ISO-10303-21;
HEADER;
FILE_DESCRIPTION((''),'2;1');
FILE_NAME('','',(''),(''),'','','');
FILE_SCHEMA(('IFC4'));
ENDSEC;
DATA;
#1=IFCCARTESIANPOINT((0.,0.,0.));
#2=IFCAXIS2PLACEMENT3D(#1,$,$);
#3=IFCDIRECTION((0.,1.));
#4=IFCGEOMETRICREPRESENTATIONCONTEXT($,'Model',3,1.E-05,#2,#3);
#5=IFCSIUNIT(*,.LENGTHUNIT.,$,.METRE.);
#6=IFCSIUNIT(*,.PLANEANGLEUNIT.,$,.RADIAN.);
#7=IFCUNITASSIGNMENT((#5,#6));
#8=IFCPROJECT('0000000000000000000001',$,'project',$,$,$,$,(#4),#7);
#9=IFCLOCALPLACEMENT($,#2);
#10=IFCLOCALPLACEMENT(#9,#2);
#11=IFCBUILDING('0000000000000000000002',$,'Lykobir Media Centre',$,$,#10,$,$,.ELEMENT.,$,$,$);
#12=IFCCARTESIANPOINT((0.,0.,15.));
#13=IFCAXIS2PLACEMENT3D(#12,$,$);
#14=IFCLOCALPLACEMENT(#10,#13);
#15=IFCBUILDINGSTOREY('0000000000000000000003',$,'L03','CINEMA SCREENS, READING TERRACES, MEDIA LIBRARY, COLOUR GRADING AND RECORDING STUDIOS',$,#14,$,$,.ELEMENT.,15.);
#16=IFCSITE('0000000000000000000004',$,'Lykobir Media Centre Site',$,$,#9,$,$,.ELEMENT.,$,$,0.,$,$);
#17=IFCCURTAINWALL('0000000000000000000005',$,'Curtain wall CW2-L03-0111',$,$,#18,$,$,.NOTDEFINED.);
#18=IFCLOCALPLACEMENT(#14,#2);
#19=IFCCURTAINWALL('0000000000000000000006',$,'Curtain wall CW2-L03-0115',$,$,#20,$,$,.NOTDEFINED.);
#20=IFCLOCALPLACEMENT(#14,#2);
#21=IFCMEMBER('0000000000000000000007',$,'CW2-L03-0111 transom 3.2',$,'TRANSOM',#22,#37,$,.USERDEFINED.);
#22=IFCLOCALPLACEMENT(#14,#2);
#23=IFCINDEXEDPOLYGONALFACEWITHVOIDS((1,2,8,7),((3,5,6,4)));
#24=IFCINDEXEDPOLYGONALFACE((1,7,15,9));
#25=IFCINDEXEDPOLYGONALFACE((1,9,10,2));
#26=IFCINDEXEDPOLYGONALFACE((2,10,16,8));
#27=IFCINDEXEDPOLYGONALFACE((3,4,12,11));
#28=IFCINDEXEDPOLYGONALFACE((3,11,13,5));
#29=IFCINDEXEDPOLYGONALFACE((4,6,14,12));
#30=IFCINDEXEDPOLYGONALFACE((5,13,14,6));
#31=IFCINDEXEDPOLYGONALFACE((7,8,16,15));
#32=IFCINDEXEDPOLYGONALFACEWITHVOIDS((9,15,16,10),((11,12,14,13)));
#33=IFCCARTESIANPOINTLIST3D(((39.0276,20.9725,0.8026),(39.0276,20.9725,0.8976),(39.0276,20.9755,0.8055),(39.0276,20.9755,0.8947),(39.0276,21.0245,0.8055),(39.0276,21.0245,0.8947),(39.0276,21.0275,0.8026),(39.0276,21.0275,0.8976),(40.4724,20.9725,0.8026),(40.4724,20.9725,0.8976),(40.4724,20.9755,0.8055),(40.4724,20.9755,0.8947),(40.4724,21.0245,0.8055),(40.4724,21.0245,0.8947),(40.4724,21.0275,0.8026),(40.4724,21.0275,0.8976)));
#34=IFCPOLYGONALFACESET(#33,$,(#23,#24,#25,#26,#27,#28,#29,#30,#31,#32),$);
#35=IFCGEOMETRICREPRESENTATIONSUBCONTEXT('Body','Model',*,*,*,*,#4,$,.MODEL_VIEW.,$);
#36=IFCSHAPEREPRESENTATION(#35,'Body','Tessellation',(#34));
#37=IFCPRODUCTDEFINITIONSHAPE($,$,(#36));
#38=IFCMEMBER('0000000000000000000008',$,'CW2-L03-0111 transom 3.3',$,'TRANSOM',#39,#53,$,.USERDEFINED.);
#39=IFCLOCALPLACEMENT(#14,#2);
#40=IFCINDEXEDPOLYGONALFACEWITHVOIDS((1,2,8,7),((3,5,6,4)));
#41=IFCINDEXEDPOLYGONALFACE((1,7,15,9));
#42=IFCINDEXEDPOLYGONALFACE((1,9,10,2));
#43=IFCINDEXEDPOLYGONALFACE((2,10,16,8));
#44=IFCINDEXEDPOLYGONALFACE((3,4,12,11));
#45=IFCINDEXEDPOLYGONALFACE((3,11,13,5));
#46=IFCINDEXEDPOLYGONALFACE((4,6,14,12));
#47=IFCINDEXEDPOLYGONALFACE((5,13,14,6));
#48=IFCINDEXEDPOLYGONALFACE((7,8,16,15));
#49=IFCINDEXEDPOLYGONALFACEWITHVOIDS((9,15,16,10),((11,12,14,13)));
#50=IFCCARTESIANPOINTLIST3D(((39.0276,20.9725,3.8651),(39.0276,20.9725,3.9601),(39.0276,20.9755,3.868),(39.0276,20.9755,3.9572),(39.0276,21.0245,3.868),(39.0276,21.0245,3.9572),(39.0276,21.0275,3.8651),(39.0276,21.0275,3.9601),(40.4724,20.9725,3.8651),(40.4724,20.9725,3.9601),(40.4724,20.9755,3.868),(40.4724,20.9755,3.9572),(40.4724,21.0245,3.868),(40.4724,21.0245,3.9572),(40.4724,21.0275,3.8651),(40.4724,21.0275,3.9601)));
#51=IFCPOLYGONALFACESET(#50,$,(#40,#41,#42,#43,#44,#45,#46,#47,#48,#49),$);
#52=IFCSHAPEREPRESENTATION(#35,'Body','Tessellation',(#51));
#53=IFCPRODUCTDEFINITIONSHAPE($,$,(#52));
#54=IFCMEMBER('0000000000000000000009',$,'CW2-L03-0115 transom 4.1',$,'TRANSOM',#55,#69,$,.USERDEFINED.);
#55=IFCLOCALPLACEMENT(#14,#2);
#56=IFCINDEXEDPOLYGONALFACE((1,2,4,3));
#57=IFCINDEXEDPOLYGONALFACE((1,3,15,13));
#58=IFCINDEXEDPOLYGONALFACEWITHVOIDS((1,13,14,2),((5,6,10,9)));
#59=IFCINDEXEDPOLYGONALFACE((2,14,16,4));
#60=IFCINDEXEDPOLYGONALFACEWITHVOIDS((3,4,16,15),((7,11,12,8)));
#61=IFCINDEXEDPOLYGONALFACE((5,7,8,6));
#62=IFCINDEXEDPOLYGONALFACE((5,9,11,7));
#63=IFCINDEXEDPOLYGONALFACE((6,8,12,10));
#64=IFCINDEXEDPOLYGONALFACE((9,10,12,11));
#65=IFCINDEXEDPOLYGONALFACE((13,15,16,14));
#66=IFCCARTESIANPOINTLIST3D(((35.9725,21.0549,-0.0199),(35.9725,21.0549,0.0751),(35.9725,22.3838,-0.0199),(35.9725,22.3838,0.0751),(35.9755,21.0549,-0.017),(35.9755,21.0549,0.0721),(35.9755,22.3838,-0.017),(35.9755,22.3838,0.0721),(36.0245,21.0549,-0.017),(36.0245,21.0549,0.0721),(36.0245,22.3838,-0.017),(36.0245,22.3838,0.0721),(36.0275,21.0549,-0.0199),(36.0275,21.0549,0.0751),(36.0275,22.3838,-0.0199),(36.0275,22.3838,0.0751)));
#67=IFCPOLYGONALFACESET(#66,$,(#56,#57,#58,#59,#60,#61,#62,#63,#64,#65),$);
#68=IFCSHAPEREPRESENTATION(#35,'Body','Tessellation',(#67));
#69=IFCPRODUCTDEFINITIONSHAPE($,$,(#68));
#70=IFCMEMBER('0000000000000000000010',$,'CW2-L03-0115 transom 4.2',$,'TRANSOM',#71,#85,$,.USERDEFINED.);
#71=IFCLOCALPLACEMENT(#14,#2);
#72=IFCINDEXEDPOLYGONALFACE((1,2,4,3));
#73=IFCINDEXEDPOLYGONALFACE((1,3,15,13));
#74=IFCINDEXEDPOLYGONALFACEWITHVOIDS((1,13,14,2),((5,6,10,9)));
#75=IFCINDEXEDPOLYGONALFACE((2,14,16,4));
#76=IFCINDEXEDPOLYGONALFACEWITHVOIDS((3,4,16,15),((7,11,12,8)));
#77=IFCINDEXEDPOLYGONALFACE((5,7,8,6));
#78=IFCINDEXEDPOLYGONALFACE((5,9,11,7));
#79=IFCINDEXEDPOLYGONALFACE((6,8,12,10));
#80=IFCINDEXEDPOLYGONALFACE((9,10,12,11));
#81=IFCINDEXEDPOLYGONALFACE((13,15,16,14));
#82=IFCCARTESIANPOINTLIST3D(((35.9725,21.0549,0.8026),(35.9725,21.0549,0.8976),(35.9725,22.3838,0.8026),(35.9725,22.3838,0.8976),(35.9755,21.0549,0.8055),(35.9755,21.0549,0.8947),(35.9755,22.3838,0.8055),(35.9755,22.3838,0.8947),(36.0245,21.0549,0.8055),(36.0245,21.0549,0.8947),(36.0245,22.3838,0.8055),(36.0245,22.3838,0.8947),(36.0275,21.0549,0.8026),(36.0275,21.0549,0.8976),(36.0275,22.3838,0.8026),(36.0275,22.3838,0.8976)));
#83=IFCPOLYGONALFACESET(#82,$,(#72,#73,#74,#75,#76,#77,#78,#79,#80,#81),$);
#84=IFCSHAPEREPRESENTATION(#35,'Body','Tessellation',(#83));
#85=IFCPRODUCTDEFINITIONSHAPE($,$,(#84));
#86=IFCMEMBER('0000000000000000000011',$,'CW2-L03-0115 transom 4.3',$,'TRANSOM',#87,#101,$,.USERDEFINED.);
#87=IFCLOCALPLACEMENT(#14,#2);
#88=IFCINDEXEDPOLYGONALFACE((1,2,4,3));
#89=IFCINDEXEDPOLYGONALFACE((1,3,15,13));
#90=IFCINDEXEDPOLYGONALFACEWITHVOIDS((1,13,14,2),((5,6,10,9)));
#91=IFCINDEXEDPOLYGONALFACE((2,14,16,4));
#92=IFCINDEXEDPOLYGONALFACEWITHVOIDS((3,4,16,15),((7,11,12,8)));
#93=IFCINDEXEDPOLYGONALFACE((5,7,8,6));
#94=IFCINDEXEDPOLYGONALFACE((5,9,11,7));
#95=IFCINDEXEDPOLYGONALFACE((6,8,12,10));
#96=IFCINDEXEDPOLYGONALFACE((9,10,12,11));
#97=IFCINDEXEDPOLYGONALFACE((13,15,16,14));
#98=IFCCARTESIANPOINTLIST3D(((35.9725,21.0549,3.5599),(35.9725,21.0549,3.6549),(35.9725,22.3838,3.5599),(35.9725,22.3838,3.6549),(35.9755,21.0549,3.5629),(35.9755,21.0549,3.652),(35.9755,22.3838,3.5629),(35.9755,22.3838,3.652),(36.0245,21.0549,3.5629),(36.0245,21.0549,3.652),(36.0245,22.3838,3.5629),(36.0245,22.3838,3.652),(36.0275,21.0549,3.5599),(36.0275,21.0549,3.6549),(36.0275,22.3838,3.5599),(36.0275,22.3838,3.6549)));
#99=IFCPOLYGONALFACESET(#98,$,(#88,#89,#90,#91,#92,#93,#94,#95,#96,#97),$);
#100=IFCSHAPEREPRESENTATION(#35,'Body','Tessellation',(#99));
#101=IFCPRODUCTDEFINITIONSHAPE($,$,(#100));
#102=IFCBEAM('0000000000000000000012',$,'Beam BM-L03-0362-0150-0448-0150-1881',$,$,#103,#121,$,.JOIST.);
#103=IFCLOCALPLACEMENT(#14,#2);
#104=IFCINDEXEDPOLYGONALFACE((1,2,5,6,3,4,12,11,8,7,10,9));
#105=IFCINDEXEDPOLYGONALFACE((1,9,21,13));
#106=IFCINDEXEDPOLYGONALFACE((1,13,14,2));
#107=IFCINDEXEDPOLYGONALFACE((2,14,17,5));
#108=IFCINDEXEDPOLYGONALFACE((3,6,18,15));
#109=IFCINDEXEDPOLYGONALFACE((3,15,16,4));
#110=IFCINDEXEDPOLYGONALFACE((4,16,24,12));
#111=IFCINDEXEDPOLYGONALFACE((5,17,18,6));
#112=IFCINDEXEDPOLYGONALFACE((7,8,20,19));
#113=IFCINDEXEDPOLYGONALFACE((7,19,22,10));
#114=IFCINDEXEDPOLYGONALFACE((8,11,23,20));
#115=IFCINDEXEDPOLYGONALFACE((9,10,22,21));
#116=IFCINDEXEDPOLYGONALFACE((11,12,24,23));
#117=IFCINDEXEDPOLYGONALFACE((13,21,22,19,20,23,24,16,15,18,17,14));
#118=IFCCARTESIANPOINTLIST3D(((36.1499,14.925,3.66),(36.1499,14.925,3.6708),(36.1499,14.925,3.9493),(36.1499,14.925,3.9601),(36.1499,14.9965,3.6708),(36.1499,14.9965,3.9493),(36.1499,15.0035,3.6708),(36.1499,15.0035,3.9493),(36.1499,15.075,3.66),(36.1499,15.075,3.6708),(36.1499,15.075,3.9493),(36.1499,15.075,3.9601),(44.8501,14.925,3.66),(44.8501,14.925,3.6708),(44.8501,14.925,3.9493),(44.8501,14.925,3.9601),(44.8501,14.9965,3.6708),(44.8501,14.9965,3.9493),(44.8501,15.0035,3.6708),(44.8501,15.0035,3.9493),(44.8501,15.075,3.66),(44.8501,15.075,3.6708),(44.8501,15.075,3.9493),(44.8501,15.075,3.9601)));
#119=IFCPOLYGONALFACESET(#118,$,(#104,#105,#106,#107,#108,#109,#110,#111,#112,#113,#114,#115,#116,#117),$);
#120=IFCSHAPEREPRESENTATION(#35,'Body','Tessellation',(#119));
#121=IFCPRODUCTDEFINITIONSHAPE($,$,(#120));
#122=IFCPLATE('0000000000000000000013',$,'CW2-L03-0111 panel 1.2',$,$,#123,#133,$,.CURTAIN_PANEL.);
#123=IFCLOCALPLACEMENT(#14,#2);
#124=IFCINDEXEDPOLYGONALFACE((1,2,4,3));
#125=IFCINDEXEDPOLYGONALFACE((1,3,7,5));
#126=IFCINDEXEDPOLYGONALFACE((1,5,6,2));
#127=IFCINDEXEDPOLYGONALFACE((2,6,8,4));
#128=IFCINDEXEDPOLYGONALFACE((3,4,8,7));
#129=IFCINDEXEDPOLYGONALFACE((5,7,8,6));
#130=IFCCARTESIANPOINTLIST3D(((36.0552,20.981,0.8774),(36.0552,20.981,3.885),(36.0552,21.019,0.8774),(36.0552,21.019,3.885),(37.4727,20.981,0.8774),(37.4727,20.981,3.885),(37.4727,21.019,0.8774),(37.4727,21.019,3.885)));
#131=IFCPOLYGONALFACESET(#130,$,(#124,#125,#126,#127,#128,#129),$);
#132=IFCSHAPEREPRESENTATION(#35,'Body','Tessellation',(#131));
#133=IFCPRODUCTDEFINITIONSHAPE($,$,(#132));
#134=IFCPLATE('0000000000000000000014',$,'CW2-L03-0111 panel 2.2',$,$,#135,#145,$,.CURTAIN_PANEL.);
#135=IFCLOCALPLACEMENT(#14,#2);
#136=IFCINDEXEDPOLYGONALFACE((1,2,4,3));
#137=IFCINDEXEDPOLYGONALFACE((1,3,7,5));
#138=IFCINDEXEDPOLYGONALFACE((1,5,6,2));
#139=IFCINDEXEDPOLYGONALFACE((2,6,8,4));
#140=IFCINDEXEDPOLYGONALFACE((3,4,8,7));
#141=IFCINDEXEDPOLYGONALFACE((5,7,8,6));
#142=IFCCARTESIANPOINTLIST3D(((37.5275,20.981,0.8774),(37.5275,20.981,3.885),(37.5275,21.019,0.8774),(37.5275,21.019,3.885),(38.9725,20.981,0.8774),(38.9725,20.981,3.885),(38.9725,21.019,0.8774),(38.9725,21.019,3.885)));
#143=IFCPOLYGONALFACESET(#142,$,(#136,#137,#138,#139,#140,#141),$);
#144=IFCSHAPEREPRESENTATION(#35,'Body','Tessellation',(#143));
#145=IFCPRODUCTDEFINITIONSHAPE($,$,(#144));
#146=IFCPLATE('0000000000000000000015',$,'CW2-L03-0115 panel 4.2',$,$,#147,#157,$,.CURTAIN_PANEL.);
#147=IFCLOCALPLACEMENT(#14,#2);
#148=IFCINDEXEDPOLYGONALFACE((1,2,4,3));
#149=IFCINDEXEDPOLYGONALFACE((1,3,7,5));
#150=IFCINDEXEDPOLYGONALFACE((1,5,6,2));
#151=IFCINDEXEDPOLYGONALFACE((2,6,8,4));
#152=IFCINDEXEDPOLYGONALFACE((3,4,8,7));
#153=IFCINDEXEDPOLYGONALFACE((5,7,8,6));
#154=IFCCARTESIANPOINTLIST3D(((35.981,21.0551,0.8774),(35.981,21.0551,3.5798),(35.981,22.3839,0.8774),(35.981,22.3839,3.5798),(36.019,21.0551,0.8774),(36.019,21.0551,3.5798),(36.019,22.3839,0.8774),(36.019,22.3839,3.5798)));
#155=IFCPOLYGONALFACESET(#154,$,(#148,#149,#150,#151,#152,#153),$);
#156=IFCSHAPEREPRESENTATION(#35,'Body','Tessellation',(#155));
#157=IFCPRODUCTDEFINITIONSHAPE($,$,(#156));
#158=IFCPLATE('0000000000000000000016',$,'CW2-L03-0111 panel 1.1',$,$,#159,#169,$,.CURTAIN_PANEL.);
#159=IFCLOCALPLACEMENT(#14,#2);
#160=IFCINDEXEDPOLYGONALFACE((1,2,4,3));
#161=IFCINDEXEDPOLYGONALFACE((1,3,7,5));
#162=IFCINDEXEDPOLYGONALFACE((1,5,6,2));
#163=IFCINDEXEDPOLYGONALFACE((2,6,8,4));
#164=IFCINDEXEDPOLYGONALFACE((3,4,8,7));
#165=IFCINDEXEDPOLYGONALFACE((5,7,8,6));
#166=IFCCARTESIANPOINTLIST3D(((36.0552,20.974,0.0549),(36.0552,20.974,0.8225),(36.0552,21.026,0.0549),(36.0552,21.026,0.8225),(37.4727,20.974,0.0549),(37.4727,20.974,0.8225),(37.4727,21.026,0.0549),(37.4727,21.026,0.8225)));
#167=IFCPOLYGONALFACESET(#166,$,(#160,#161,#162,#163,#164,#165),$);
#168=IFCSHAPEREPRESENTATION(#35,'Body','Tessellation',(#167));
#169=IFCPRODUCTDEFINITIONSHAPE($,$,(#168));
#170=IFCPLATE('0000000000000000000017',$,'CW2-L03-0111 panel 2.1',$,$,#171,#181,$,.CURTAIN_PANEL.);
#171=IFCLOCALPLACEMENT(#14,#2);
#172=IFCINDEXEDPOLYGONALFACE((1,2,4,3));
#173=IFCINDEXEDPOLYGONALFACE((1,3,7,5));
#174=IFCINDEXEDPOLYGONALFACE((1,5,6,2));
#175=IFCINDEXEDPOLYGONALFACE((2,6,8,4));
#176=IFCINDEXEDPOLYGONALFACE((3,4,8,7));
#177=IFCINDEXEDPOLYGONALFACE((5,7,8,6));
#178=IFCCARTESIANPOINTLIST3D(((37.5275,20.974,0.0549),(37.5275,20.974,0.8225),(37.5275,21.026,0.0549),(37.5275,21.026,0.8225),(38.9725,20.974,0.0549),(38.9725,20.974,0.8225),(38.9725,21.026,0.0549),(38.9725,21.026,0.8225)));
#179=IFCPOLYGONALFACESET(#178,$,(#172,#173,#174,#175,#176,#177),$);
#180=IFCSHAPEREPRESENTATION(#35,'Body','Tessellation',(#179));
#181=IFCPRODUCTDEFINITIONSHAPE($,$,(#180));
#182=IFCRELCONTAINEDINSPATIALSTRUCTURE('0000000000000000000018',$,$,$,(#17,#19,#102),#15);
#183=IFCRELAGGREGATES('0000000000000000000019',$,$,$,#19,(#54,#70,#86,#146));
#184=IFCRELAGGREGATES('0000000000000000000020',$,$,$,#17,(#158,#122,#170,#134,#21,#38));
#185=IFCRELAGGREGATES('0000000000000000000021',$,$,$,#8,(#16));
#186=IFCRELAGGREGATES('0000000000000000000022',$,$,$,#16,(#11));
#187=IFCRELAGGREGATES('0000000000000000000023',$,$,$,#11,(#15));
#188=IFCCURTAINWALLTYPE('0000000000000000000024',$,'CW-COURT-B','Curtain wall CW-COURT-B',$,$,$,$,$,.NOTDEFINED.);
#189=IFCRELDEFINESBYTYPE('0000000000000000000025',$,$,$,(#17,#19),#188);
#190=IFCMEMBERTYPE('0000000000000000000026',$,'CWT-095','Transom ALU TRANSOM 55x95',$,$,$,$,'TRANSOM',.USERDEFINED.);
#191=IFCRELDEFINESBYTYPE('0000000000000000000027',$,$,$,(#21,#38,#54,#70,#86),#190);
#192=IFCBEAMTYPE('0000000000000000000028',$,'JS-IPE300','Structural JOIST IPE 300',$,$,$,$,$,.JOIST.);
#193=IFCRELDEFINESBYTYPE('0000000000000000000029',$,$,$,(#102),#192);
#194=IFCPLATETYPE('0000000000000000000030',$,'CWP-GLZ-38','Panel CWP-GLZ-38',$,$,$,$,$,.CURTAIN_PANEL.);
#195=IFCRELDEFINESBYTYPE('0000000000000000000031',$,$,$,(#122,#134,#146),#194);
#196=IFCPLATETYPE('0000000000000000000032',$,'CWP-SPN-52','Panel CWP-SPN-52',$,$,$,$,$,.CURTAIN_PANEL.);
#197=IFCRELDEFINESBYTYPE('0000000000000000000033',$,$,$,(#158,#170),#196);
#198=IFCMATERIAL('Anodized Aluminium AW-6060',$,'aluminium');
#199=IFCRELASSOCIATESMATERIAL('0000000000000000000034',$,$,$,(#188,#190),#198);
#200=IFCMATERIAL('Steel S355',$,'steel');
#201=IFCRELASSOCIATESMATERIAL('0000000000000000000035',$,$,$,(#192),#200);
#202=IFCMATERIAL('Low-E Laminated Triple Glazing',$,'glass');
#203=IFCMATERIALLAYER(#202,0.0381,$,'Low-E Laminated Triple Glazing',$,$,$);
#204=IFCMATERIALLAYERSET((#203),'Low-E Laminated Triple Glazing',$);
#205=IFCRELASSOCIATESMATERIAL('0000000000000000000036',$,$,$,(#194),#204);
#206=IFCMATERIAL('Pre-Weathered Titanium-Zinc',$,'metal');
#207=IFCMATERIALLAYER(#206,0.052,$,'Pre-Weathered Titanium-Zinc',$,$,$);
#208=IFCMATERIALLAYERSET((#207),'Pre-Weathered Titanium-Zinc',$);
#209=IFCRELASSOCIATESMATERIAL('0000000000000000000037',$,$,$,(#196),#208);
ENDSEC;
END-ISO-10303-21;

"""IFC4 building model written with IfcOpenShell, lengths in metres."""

from ifc_helpers import new_model, si_unit, direction, frame, origin, origin_2d, place, context, subcontext, project, spatial, rectangle, hollow_rectangle, i_section, extrude, material, layer, layer_set, material_profile, profile_set, type_object, element, aggregate, save


model = new_model("IFC4")

# Units and contexts
model_context = context("Model", 3, precision=1e-05, world=origin(), true_north=direction((0.0, 1.0)))
body_context = subcontext(model_context, "Body", "Model", "MODEL_VIEW")
ifc_project = project(units=[si_unit("LENGTHUNIT", "METRE"), si_unit("PLANEANGLEUNIT", "RADIAN")], contexts=[model_context])

# Site, building, storey
site_placement = place(None, origin())
site = spatial("IfcSite", under=ifc_project, at=site_placement, Name="Lykobir Media Centre Site", CompositionType="ELEMENT", RefElevation=0.0)
building_placement = place(site_placement, origin())
building = spatial("IfcBuilding", under=site, at=building_placement, Name="Lykobir Media Centre", CompositionType="ELEMENT")
storey_placement = place(building_placement, frame((0.0, 0.0, 15.0)))
storey = spatial("IfcBuildingStorey", under=building, at=storey_placement, Name="L03", Description="CINEMA SCREENS, READING TERRACES, MEDIA LIBRARY, COLOUR GRADING AND RECORDING STUDIOS", CompositionType="ELEMENT", Elevation=15.0)

# Curtain wall
ifc_material_1 = material(Name="Anodized Aluminium AW-6060", Category="aluminium")
curtain_wall_type = type_object("IfcCurtainWallType", Name="CW-COURT-B", Description="Curtain wall CW-COURT-B", PredefinedType="NOTDEFINED", material=ifc_material_1)
curtain_wall_1_placement = place(storey_placement, origin())
curtain_wall_1 = element("IfcCurtainWall", 1, at=curtain_wall_1_placement, inside=storey, type_object=curtain_wall_type, Name="Curtain wall CW2-L03-0111", PredefinedType="NOTDEFINED")

# Curtain wall
curtain_wall_2_placement = place(storey_placement, origin())
curtain_wall_2 = element("IfcCurtainWall", 2, at=curtain_wall_2_placement, inside=storey, type_object=curtain_wall_type, Name="Curtain wall CW2-L03-0115", PredefinedType="NOTDEFINED")

# Members
ifc_material_profile_1 = material_profile(ifc_material_1, hollow_rectangle(XDim=0.0549, YDim=0.095, WallThickness=0.0029, at=origin_2d()), Name="ALU TRANSOM 55x95")
ifc_profile_set_1 = profile_set([ifc_material_profile_1], Name="Anodized Aluminium AW-6060")
member_type_1 = type_object("IfcMemberType", Name="CWT-095", Description="Transom ALU TRANSOM 55x95", ElementType="TRANSOM", PredefinedType="USERDEFINED", material=ifc_profile_set_1)
member_1_placement = place(storey_placement, frame((39.0276, 21.0, 0.8501), z_axis=(1.0, 0.0, 0.0), x_axis=(0.0, 1.0, 0.0)))
member_1 = element("IfcMember", 3, at=member_1_placement, type_object=member_type_1, Name="CW2-L03-0111 transom 3.2", ObjectType="TRANSOM", PredefinedType="USERDEFINED", context=body_context, shape_type="SweptSolid", body=[
    extrude(hollow_rectangle(XDim=0.0549, YDim=0.095, WallThickness=0.0029, at=origin_2d()), origin(), (0.0, 0.0, 1.0), 1.4448),
])
member_2_placement = place(storey_placement, frame((39.0276, 21.0, 3.9126), z_axis=(1.0, 0.0, 0.0), x_axis=(0.0, 1.0, 0.0)))
member_2 = element("IfcMember", 4, at=member_2_placement, type_object=member_type_1, Name="CW2-L03-0111 transom 3.3", ObjectType="TRANSOM", PredefinedType="USERDEFINED", context=body_context, shape_type="SweptSolid", body=[
    extrude(hollow_rectangle(XDim=0.0549, YDim=0.095, WallThickness=0.0029, at=origin_2d()), origin(), (0.0, 0.0, 1.0), 1.4448),
])
member_3_placement = place(storey_placement, frame((36.0, 22.3838, 0.0276), z_axis=(0.0, -1.0, 0.0), x_axis=(1.0, 0.0, 0.0)))
member_3 = element("IfcMember", 5, at=member_3_placement, type_object=member_type_1, Name="CW2-L03-0115 transom 4.1", ObjectType="TRANSOM", PredefinedType="USERDEFINED", context=body_context, shape_type="SweptSolid", body=[
    extrude(hollow_rectangle(XDim=0.0549, YDim=0.095, WallThickness=0.0029, at=origin_2d()), origin(), (0.0, 0.0, 1.0), 1.3289),
])
member_4_placement = place(storey_placement, frame((36.0, 22.3838, 0.8501), z_axis=(0.0, -1.0, 0.0), x_axis=(1.0, 0.0, 0.0)))
member_4 = element("IfcMember", 6, at=member_4_placement, type_object=member_type_1, Name="CW2-L03-0115 transom 4.2", ObjectType="TRANSOM", PredefinedType="USERDEFINED", context=body_context, shape_type="SweptSolid", body=[
    extrude(hollow_rectangle(XDim=0.0549, YDim=0.095, WallThickness=0.0029, at=origin_2d()), origin(), (0.0, 0.0, 1.0), 1.3289),
])
member_5_placement = place(storey_placement, frame((36.0, 22.3838, 3.6074), z_axis=(0.0, -1.0, 0.0), x_axis=(1.0, 0.0, 0.0)))
member_5 = element("IfcMember", 7, at=member_5_placement, type_object=member_type_1, Name="CW2-L03-0115 transom 4.3", ObjectType="TRANSOM", PredefinedType="USERDEFINED", context=body_context, shape_type="SweptSolid", body=[
    extrude(hollow_rectangle(XDim=0.0549, YDim=0.095, WallThickness=0.0029, at=origin_2d()), origin(), (0.0, 0.0, 1.0), 1.3289),
])

# Beam
ifc_material_2 = material(Name="Steel S355", Category="steel")
ifc_material_profile_2 = material_profile(ifc_material_2, i_section(OverallWidth=0.1499, OverallDepth=0.3, WebThickness=0.0071, FlangeThickness=0.0107, at=origin_2d()), Name="IPE 300")
ifc_profile_set_2 = profile_set([ifc_material_profile_2], Name="Steel S355")
beam_type = type_object("IfcBeamType", Name="JS-IPE300", Description="Structural JOIST IPE 300", PredefinedType="JOIST", material=ifc_profile_set_2)
beam_placement = place(storey_placement, frame((36.1499, 15.0, 3.8101), z_axis=(1.0, 0.0, 0.0), x_axis=(0.0, 1.0, 0.0)))
element("IfcBeam", 8, at=beam_placement, inside=storey, type_object=beam_type, Name="Beam BM-L03-0362-0150-0448-0150-1881", PredefinedType="JOIST", context=body_context, shape_type="SweptSolid", body=[
    extrude(i_section(OverallWidth=0.1499, OverallDepth=0.3, WebThickness=0.0071, FlangeThickness=0.0107, at=origin_2d()), origin(), (0.0, 0.0, 1.0), 8.7002),
])

# Plates
ifc_material_3 = material(Name="Low-E Laminated Triple Glazing", Category="glass")
ifc_layer_1 = layer(ifc_material_3, 0.0381, Name="Low-E Laminated Triple Glazing")
ifc_layer_set_1 = layer_set([ifc_layer_1], Name="Low-E Laminated Triple Glazing")
plate_type_1 = type_object("IfcPlateType", Name="CWP-GLZ-38", Description="Panel CWP-GLZ-38", PredefinedType="CURTAIN_PANEL", material=ifc_layer_set_1)
plate_1_placement = place(storey_placement, frame((36.7639, 21.0, 0.8774), z_axis=(0.0, 0.0, 1.0), x_axis=(1.0, 0.0, 0.0)))
plate_1 = element("IfcPlate", 9, at=plate_1_placement, type_object=plate_type_1, Name="CW2-L03-0111 panel 1.2", PredefinedType="CURTAIN_PANEL", context=body_context, shape_type="SweptSolid", body=[
    extrude(rectangle(XDim=1.4175, YDim=0.0381, at=origin_2d()), origin(), (0.0, 0.0, 1.0), 3.0076),
])
plate_2_placement = place(storey_placement, frame((38.25, 21.0, 0.8774), z_axis=(0.0, 0.0, 1.0), x_axis=(1.0, 0.0, 0.0)))
plate_2 = element("IfcPlate", 10, at=plate_2_placement, type_object=plate_type_1, Name="CW2-L03-0111 panel 2.2", PredefinedType="CURTAIN_PANEL", context=body_context, shape_type="SweptSolid", body=[
    extrude(rectangle(XDim=1.4451, YDim=0.0381, at=origin_2d()), origin(), (0.0, 0.0, 1.0), 3.0076),
])
plate_3_placement = place(storey_placement, frame((36.0, 21.7195, 0.8774), z_axis=(0.0, 0.0, 1.0), x_axis=(0.0, -1.0, 0.0)))
plate_3 = element("IfcPlate", 11, at=plate_3_placement, type_object=plate_type_1, Name="CW2-L03-0115 panel 4.2", PredefinedType="CURTAIN_PANEL", context=body_context, shape_type="SweptSolid", body=[
    extrude(rectangle(XDim=1.3289, YDim=0.0381, at=origin_2d()), origin(), (0.0, 0.0, 1.0), 2.7024),
])
aggregate(curtain_wall_2, [member_3, member_4, member_5, plate_3])
ifc_material_4 = material(Name="Pre-Weathered Titanium-Zinc", Category="metal")
ifc_layer_2 = layer(ifc_material_4, 0.052, Name="Pre-Weathered Titanium-Zinc")
ifc_layer_set_2 = layer_set([ifc_layer_2], Name="Pre-Weathered Titanium-Zinc")
plate_type_2 = type_object("IfcPlateType", Name="CWP-SPN-52", Description="Panel CWP-SPN-52", PredefinedType="CURTAIN_PANEL", material=ifc_layer_set_2)
plate_4_placement = place(storey_placement, frame((36.7639, 21.0, 0.0549), z_axis=(0.0, 0.0, 1.0), x_axis=(1.0, 0.0, 0.0)))
plate_4 = element("IfcPlate", 12, at=plate_4_placement, type_object=plate_type_2, Name="CW2-L03-0111 panel 1.1", PredefinedType="CURTAIN_PANEL", context=body_context, shape_type="SweptSolid", body=[
    extrude(rectangle(XDim=1.4175, YDim=0.052, at=origin_2d()), origin(), (0.0, 0.0, 1.0), 0.7676),
])
plate_5_placement = place(storey_placement, frame((38.25, 21.0, 0.0549), z_axis=(0.0, 0.0, 1.0), x_axis=(1.0, 0.0, 0.0)))
plate_5 = element("IfcPlate", 13, at=plate_5_placement, type_object=plate_type_2, Name="CW2-L03-0111 panel 2.1", PredefinedType="CURTAIN_PANEL", context=body_context, shape_type="SweptSolid", body=[
    extrude(rectangle(XDim=1.4451, YDim=0.052, at=origin_2d()), origin(), (0.0, 0.0, 1.0), 0.7676),
])
aggregate(curtain_wall_1, [plate_4, plate_1, plate_5, plate_2, member_1, member_2])

save(model, "model.ifc")
